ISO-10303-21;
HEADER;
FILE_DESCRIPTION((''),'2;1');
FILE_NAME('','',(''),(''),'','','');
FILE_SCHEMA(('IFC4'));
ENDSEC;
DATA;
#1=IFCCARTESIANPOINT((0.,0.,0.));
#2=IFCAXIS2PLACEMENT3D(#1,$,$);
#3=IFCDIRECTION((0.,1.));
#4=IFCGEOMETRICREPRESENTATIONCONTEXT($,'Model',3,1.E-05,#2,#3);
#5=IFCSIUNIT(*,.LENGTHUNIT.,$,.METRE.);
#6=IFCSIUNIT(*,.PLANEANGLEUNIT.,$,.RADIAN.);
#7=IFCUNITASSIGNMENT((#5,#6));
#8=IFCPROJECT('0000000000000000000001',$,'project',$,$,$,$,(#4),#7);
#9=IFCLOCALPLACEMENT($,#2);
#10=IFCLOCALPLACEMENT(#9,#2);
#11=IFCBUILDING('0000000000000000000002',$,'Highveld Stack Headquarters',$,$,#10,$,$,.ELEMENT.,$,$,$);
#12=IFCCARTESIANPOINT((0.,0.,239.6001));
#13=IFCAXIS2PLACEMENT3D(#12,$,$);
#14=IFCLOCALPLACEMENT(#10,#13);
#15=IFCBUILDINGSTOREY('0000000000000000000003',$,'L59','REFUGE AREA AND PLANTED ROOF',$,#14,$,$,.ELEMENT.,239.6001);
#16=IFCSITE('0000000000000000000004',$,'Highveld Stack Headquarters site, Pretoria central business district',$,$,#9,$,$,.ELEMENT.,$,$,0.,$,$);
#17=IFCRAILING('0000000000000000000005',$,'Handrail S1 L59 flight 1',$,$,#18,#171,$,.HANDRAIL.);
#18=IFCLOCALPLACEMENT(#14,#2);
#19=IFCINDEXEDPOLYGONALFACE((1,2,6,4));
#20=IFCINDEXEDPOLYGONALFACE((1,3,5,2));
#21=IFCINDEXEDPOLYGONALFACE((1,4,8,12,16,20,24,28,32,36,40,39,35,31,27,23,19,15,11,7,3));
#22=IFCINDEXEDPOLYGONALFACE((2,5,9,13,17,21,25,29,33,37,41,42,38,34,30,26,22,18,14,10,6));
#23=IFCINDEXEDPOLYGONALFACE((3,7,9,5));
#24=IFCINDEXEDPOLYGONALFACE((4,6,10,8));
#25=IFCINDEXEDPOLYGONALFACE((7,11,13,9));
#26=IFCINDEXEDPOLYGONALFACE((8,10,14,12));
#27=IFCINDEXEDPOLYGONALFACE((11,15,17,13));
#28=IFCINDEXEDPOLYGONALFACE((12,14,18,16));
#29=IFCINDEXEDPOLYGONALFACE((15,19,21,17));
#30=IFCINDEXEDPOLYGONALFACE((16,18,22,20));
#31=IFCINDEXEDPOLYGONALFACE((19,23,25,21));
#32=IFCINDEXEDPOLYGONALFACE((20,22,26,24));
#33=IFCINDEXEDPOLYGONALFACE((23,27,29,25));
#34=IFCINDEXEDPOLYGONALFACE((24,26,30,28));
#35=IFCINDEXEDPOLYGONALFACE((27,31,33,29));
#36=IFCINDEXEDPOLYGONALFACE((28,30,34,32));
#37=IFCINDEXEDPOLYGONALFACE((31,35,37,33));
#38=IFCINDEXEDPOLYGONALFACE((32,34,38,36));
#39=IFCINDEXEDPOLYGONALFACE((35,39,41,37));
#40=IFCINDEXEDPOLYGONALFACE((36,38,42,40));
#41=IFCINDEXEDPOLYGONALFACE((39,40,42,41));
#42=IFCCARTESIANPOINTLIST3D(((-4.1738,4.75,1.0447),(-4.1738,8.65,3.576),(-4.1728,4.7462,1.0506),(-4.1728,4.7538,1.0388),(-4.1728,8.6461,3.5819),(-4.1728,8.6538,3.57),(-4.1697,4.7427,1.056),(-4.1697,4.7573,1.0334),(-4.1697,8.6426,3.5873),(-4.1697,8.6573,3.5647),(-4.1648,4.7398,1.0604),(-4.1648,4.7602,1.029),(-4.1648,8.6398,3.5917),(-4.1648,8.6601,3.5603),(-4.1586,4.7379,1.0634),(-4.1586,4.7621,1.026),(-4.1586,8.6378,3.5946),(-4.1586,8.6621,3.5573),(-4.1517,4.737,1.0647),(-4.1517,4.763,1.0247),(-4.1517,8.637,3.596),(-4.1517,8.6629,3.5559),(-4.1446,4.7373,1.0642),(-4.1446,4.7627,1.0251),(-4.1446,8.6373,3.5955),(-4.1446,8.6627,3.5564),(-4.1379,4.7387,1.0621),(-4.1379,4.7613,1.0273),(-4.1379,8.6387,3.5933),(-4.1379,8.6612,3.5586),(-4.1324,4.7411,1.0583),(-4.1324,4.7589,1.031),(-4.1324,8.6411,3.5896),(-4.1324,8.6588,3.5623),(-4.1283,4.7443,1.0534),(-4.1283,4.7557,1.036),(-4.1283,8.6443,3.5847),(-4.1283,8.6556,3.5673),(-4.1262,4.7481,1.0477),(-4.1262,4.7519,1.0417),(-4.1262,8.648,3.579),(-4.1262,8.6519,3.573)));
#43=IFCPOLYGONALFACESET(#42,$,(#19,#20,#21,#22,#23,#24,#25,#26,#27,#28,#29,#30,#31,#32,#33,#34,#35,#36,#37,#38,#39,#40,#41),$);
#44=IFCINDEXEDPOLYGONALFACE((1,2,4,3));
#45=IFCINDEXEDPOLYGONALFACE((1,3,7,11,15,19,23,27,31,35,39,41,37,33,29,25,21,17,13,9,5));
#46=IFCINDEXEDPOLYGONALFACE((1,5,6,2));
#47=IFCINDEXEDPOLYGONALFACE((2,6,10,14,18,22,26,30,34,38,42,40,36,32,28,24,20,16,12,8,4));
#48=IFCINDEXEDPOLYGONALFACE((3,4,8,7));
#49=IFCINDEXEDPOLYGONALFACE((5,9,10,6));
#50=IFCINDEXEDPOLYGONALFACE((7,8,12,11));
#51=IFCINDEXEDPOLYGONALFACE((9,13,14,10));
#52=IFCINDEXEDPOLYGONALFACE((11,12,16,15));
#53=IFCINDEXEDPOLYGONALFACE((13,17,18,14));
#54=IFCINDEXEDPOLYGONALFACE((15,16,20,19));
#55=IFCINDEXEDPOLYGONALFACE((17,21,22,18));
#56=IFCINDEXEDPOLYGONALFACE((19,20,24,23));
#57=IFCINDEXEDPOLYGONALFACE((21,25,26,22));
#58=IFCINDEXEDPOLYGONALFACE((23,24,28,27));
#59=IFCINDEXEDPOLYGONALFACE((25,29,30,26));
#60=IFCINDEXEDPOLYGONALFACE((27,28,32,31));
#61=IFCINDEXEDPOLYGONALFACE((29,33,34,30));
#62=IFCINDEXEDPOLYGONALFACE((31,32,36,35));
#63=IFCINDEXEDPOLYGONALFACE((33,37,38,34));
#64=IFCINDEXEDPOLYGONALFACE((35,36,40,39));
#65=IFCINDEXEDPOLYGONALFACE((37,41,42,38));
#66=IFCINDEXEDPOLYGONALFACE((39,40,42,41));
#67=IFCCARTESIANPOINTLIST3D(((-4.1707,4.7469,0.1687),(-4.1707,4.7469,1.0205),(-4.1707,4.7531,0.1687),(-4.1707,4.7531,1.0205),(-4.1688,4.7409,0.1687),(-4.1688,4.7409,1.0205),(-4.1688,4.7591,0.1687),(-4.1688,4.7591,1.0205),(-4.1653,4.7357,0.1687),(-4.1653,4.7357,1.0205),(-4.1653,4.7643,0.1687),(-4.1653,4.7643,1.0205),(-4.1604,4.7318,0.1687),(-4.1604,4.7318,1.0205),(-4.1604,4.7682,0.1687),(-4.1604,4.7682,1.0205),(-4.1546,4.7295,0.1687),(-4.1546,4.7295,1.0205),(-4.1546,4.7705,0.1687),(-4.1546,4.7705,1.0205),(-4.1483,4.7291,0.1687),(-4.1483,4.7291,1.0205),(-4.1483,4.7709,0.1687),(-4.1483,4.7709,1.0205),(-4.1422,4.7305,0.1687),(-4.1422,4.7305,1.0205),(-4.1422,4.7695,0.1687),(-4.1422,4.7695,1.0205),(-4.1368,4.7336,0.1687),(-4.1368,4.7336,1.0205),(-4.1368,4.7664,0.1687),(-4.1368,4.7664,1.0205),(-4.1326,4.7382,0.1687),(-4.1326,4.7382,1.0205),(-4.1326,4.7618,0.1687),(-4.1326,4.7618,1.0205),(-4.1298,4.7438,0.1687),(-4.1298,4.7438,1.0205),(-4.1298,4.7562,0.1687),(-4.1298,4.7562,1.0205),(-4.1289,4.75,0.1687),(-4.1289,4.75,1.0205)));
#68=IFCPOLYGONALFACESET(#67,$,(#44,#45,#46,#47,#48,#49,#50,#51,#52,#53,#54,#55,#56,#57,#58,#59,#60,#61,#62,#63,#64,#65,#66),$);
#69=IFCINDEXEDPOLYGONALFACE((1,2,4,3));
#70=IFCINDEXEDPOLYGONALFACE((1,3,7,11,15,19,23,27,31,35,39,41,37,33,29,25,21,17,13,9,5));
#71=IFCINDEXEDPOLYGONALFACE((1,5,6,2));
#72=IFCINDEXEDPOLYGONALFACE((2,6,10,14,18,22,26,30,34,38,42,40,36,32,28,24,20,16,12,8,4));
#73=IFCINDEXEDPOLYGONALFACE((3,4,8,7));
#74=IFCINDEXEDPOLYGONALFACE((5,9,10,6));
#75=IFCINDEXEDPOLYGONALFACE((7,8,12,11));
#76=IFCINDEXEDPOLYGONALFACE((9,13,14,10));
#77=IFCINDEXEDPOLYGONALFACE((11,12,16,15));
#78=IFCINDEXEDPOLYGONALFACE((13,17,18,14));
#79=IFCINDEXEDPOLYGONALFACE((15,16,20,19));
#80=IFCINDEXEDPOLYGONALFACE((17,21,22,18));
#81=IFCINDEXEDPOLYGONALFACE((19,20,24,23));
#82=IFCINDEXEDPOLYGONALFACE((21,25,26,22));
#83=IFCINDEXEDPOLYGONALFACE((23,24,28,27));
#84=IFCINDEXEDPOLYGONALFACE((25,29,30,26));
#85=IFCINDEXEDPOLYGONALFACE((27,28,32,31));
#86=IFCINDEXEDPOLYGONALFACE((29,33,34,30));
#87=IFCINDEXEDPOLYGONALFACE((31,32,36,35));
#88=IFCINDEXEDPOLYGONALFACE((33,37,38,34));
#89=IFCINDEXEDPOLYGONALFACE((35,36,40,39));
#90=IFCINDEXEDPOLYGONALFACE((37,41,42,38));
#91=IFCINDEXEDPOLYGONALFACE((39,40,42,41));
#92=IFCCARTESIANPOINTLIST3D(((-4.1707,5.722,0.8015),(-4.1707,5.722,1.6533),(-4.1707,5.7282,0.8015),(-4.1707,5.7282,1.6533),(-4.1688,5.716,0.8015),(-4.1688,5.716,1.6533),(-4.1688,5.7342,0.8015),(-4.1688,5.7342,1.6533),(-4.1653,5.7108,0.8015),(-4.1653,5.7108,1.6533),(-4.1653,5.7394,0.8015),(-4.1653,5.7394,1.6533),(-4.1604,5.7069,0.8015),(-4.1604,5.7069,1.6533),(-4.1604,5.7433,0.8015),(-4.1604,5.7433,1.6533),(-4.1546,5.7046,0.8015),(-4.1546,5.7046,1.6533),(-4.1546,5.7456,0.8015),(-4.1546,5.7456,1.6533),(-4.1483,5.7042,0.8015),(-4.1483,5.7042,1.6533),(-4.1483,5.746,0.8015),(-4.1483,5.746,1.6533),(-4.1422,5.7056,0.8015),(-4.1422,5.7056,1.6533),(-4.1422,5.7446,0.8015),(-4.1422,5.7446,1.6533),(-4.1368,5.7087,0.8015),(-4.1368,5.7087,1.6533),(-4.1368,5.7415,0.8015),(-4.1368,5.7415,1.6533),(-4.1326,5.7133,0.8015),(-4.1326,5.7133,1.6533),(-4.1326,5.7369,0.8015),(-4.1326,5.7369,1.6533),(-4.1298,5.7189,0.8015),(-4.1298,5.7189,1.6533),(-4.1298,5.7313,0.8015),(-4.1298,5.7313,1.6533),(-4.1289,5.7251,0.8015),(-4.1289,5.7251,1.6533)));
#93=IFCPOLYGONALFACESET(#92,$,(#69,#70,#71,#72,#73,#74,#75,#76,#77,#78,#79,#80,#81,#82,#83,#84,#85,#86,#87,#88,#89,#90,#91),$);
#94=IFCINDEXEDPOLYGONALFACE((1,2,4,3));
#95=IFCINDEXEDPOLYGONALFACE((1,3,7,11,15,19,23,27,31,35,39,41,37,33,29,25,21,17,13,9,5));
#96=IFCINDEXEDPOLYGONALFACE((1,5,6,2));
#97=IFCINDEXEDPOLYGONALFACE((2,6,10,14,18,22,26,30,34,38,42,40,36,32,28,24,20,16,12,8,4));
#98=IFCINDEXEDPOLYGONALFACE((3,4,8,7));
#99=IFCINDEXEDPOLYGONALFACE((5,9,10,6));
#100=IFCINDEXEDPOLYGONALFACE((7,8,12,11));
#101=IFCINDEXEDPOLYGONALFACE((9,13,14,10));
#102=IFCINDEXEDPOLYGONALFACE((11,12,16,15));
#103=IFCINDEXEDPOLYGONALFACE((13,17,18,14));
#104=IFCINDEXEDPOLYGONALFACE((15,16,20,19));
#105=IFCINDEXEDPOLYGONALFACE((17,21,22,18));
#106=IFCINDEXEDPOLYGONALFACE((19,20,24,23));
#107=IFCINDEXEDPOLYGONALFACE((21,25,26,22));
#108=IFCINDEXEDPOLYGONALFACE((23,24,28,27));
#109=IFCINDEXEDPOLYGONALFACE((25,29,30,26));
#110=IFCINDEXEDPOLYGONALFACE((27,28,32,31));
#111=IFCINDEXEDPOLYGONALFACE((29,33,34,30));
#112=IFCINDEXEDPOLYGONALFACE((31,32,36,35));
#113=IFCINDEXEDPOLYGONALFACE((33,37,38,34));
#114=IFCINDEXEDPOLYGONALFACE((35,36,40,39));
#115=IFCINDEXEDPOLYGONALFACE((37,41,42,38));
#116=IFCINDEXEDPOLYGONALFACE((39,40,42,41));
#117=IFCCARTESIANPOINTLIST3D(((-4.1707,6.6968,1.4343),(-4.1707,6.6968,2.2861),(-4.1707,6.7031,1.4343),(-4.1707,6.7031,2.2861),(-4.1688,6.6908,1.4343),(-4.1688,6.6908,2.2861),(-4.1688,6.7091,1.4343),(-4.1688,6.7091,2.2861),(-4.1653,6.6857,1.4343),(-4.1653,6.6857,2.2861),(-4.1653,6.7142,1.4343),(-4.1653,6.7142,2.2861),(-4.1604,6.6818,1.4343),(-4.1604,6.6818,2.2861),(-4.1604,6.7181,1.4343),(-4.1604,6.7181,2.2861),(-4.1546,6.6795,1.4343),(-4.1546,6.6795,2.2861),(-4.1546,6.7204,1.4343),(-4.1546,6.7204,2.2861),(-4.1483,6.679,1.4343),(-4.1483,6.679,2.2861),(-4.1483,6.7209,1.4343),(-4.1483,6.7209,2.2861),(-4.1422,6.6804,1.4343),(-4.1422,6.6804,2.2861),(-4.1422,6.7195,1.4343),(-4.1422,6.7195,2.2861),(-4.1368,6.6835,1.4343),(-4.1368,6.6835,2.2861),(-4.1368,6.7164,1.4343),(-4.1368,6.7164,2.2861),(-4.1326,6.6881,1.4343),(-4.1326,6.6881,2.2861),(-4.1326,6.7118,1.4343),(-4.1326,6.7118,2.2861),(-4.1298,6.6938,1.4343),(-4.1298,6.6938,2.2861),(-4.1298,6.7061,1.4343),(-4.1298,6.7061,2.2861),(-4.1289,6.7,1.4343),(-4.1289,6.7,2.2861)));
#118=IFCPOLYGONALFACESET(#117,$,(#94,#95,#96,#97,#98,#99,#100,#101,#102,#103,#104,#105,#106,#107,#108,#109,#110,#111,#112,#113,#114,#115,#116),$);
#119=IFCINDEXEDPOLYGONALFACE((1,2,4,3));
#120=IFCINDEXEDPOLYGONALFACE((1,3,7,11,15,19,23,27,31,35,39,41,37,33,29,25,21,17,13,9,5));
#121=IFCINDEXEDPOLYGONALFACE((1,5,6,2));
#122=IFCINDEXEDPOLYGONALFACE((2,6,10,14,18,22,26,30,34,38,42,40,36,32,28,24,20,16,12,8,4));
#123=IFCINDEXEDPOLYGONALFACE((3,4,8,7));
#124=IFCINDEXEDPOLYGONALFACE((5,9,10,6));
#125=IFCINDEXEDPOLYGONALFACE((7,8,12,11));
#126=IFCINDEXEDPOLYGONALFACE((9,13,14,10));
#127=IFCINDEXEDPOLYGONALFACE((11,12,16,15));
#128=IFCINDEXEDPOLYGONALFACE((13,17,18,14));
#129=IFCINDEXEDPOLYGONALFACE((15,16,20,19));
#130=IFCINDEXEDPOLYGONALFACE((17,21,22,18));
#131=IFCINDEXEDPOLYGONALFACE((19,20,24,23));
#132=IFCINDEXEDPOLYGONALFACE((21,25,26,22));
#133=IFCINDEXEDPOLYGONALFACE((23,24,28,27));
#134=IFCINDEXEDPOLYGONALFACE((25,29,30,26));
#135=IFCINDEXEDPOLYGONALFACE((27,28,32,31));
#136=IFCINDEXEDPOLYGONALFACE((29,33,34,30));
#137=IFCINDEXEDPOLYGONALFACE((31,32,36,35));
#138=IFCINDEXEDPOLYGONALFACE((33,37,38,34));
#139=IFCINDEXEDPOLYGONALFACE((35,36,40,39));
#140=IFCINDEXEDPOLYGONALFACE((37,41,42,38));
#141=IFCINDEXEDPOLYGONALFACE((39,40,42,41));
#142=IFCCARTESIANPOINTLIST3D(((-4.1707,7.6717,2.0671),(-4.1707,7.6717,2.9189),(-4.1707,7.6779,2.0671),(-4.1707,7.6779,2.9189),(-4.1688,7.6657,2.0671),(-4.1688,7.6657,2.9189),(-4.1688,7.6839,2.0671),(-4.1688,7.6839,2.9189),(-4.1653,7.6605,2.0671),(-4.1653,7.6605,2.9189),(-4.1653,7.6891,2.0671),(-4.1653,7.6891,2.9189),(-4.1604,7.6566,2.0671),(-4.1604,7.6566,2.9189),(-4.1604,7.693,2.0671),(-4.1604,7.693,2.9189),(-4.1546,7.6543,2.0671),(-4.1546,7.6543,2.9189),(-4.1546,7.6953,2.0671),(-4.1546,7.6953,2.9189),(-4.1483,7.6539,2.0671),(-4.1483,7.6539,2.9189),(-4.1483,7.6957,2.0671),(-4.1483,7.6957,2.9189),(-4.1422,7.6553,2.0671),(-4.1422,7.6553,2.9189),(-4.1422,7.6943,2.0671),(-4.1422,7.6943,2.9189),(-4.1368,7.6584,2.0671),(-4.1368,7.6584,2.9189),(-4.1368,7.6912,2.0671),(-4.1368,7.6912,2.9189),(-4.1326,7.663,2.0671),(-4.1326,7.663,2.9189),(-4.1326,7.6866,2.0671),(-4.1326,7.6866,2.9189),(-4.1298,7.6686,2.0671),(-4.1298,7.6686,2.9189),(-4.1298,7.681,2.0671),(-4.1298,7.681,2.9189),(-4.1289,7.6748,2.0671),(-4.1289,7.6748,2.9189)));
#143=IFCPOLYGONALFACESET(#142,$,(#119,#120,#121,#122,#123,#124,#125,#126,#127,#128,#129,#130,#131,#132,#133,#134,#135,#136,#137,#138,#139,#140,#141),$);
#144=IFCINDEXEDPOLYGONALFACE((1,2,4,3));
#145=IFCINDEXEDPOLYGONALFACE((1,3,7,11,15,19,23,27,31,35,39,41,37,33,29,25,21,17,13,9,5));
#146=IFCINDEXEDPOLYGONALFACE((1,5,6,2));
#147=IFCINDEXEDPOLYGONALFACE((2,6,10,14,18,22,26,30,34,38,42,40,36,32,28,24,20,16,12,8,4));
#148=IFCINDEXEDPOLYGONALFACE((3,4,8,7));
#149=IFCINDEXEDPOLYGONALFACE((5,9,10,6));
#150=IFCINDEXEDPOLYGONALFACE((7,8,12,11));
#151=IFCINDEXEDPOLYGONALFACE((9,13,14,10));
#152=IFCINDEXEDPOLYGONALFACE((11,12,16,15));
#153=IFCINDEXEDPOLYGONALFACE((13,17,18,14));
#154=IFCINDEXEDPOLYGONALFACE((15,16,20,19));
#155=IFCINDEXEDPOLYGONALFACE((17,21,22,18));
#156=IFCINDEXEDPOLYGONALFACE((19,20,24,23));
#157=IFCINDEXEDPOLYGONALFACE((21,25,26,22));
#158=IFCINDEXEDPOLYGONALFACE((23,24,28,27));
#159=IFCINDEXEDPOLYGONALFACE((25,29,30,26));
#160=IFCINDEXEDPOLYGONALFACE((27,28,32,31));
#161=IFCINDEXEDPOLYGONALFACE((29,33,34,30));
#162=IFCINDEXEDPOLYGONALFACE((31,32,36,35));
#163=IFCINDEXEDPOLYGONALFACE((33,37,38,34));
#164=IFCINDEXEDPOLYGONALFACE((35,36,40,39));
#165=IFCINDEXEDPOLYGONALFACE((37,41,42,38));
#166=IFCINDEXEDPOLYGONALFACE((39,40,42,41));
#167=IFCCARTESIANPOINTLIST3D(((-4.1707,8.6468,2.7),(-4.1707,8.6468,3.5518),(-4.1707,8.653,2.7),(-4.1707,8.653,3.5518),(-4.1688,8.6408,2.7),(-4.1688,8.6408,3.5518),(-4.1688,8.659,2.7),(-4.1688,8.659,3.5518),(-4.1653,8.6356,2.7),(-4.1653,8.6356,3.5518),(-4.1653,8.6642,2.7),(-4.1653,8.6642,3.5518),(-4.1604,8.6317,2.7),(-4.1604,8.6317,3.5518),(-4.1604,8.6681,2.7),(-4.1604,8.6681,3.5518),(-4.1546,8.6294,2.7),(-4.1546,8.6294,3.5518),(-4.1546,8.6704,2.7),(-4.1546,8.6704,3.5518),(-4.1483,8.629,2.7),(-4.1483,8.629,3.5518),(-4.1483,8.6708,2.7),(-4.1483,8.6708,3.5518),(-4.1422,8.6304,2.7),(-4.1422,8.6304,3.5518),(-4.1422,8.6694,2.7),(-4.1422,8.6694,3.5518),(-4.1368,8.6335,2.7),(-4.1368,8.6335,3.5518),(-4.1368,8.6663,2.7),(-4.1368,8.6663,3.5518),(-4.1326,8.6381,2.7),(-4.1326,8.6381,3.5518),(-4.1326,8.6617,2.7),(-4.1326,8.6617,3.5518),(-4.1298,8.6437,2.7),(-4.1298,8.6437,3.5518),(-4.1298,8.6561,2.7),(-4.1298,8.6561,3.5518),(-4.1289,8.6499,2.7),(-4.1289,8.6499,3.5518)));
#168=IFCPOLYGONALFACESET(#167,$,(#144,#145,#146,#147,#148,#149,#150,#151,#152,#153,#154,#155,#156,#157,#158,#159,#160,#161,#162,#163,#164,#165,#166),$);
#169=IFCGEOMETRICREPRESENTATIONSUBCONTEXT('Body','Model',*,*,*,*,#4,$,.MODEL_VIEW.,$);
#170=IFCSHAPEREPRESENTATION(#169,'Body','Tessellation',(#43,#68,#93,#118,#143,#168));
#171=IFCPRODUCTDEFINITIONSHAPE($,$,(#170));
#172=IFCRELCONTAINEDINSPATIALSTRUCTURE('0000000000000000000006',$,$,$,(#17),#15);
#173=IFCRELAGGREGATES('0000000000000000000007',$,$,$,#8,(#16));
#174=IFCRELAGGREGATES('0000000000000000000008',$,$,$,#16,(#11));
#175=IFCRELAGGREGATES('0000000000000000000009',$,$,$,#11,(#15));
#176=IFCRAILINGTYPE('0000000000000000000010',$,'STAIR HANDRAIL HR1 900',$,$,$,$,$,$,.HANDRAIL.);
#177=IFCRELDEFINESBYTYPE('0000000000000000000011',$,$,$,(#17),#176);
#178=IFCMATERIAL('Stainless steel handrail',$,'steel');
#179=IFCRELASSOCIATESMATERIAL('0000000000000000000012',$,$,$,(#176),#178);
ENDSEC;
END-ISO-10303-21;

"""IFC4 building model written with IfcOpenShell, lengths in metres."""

from ifc_helpers import new_model, si_unit, direction, frame, origin, origin_2d, place, context, subcontext, project, spatial, circle, extrude, material, type_object, element, save


model = new_model("IFC4")

# Units and contexts
model_context = context("Model", 3, precision=1e-05, world=origin(), true_north=direction((0.0, 1.0)))
body_context = subcontext(model_context, "Body", "Model", "MODEL_VIEW")
ifc_project = project(units=[si_unit("LENGTHUNIT", "METRE"), si_unit("PLANEANGLEUNIT", "RADIAN")], contexts=[model_context])

# Site, building, storey
site_placement = place(None, origin())
site = spatial("IfcSite", under=ifc_project, at=site_placement, Name="Highveld Stack Headquarters site, Pretoria central business district", CompositionType="ELEMENT", RefElevation=0.0)
building_placement = place(site_placement, origin())
building = spatial("IfcBuilding", under=site, at=building_placement, Name="Highveld Stack Headquarters", CompositionType="ELEMENT")
storey_placement = place(building_placement, frame((0.0, 0.0, 239.6001)))
storey = spatial("IfcBuildingStorey", under=building, at=storey_placement, Name="L59", Description="REFUGE AREA AND PLANTED ROOF", CompositionType="ELEMENT", Elevation=239.6001)

# Railing
ifc_material_1 = material(Name="Stainless steel handrail", Category="steel")
railing_type = type_object("IfcRailingType", Name="STAIR HANDRAIL HR1 900", PredefinedType="HANDRAIL", material=ifc_material_1)
for number, where, name in (
    (1, (-4.1499, 4.75, 0.1687), "Handrail S1 L59 flight 1"),
):
    element("IfcRailing", number, at=place(storey_placement, frame(where)), inside=storey, type_object=railing_type, Name=name, PredefinedType="HANDRAIL", context=body_context, shape_type="SweptSolid", body=[
        extrude(circle(Radius=0.0239, at=origin_2d()), frame((0.0, 0.0, 0.876), z_axis=(0.0, 0.838806, 0.544431), x_axis=(-1.0, 0.0, 0.0)), (0.0, 0.0, 1.0), 4.6494),
        extrude(circle(Radius=0.021, at=origin_2d()), origin(), (0.0, 0.0, 1.0), 0.8518),
        extrude(circle(Radius=0.021, at=origin_2d()), frame((0.0, 0.9751, 0.6328)), (0.0, 0.0, 1.0), 0.8518),
        extrude(circle(Radius=0.021, at=origin_2d()), frame((0.0, 1.95, 1.2656)), (0.0, 0.0, 1.0), 0.8518),
        extrude(circle(Radius=0.021, at=origin_2d()), frame((0.0, 2.9248, 1.8984)), (0.0, 0.0, 1.0), 0.8518),
        extrude(circle(Radius=0.021, at=origin_2d()), frame((0.0, 3.8999, 2.5312)), (0.0, 0.0, 1.0), 0.8518),
    ])

save(model, "model.ifc")
